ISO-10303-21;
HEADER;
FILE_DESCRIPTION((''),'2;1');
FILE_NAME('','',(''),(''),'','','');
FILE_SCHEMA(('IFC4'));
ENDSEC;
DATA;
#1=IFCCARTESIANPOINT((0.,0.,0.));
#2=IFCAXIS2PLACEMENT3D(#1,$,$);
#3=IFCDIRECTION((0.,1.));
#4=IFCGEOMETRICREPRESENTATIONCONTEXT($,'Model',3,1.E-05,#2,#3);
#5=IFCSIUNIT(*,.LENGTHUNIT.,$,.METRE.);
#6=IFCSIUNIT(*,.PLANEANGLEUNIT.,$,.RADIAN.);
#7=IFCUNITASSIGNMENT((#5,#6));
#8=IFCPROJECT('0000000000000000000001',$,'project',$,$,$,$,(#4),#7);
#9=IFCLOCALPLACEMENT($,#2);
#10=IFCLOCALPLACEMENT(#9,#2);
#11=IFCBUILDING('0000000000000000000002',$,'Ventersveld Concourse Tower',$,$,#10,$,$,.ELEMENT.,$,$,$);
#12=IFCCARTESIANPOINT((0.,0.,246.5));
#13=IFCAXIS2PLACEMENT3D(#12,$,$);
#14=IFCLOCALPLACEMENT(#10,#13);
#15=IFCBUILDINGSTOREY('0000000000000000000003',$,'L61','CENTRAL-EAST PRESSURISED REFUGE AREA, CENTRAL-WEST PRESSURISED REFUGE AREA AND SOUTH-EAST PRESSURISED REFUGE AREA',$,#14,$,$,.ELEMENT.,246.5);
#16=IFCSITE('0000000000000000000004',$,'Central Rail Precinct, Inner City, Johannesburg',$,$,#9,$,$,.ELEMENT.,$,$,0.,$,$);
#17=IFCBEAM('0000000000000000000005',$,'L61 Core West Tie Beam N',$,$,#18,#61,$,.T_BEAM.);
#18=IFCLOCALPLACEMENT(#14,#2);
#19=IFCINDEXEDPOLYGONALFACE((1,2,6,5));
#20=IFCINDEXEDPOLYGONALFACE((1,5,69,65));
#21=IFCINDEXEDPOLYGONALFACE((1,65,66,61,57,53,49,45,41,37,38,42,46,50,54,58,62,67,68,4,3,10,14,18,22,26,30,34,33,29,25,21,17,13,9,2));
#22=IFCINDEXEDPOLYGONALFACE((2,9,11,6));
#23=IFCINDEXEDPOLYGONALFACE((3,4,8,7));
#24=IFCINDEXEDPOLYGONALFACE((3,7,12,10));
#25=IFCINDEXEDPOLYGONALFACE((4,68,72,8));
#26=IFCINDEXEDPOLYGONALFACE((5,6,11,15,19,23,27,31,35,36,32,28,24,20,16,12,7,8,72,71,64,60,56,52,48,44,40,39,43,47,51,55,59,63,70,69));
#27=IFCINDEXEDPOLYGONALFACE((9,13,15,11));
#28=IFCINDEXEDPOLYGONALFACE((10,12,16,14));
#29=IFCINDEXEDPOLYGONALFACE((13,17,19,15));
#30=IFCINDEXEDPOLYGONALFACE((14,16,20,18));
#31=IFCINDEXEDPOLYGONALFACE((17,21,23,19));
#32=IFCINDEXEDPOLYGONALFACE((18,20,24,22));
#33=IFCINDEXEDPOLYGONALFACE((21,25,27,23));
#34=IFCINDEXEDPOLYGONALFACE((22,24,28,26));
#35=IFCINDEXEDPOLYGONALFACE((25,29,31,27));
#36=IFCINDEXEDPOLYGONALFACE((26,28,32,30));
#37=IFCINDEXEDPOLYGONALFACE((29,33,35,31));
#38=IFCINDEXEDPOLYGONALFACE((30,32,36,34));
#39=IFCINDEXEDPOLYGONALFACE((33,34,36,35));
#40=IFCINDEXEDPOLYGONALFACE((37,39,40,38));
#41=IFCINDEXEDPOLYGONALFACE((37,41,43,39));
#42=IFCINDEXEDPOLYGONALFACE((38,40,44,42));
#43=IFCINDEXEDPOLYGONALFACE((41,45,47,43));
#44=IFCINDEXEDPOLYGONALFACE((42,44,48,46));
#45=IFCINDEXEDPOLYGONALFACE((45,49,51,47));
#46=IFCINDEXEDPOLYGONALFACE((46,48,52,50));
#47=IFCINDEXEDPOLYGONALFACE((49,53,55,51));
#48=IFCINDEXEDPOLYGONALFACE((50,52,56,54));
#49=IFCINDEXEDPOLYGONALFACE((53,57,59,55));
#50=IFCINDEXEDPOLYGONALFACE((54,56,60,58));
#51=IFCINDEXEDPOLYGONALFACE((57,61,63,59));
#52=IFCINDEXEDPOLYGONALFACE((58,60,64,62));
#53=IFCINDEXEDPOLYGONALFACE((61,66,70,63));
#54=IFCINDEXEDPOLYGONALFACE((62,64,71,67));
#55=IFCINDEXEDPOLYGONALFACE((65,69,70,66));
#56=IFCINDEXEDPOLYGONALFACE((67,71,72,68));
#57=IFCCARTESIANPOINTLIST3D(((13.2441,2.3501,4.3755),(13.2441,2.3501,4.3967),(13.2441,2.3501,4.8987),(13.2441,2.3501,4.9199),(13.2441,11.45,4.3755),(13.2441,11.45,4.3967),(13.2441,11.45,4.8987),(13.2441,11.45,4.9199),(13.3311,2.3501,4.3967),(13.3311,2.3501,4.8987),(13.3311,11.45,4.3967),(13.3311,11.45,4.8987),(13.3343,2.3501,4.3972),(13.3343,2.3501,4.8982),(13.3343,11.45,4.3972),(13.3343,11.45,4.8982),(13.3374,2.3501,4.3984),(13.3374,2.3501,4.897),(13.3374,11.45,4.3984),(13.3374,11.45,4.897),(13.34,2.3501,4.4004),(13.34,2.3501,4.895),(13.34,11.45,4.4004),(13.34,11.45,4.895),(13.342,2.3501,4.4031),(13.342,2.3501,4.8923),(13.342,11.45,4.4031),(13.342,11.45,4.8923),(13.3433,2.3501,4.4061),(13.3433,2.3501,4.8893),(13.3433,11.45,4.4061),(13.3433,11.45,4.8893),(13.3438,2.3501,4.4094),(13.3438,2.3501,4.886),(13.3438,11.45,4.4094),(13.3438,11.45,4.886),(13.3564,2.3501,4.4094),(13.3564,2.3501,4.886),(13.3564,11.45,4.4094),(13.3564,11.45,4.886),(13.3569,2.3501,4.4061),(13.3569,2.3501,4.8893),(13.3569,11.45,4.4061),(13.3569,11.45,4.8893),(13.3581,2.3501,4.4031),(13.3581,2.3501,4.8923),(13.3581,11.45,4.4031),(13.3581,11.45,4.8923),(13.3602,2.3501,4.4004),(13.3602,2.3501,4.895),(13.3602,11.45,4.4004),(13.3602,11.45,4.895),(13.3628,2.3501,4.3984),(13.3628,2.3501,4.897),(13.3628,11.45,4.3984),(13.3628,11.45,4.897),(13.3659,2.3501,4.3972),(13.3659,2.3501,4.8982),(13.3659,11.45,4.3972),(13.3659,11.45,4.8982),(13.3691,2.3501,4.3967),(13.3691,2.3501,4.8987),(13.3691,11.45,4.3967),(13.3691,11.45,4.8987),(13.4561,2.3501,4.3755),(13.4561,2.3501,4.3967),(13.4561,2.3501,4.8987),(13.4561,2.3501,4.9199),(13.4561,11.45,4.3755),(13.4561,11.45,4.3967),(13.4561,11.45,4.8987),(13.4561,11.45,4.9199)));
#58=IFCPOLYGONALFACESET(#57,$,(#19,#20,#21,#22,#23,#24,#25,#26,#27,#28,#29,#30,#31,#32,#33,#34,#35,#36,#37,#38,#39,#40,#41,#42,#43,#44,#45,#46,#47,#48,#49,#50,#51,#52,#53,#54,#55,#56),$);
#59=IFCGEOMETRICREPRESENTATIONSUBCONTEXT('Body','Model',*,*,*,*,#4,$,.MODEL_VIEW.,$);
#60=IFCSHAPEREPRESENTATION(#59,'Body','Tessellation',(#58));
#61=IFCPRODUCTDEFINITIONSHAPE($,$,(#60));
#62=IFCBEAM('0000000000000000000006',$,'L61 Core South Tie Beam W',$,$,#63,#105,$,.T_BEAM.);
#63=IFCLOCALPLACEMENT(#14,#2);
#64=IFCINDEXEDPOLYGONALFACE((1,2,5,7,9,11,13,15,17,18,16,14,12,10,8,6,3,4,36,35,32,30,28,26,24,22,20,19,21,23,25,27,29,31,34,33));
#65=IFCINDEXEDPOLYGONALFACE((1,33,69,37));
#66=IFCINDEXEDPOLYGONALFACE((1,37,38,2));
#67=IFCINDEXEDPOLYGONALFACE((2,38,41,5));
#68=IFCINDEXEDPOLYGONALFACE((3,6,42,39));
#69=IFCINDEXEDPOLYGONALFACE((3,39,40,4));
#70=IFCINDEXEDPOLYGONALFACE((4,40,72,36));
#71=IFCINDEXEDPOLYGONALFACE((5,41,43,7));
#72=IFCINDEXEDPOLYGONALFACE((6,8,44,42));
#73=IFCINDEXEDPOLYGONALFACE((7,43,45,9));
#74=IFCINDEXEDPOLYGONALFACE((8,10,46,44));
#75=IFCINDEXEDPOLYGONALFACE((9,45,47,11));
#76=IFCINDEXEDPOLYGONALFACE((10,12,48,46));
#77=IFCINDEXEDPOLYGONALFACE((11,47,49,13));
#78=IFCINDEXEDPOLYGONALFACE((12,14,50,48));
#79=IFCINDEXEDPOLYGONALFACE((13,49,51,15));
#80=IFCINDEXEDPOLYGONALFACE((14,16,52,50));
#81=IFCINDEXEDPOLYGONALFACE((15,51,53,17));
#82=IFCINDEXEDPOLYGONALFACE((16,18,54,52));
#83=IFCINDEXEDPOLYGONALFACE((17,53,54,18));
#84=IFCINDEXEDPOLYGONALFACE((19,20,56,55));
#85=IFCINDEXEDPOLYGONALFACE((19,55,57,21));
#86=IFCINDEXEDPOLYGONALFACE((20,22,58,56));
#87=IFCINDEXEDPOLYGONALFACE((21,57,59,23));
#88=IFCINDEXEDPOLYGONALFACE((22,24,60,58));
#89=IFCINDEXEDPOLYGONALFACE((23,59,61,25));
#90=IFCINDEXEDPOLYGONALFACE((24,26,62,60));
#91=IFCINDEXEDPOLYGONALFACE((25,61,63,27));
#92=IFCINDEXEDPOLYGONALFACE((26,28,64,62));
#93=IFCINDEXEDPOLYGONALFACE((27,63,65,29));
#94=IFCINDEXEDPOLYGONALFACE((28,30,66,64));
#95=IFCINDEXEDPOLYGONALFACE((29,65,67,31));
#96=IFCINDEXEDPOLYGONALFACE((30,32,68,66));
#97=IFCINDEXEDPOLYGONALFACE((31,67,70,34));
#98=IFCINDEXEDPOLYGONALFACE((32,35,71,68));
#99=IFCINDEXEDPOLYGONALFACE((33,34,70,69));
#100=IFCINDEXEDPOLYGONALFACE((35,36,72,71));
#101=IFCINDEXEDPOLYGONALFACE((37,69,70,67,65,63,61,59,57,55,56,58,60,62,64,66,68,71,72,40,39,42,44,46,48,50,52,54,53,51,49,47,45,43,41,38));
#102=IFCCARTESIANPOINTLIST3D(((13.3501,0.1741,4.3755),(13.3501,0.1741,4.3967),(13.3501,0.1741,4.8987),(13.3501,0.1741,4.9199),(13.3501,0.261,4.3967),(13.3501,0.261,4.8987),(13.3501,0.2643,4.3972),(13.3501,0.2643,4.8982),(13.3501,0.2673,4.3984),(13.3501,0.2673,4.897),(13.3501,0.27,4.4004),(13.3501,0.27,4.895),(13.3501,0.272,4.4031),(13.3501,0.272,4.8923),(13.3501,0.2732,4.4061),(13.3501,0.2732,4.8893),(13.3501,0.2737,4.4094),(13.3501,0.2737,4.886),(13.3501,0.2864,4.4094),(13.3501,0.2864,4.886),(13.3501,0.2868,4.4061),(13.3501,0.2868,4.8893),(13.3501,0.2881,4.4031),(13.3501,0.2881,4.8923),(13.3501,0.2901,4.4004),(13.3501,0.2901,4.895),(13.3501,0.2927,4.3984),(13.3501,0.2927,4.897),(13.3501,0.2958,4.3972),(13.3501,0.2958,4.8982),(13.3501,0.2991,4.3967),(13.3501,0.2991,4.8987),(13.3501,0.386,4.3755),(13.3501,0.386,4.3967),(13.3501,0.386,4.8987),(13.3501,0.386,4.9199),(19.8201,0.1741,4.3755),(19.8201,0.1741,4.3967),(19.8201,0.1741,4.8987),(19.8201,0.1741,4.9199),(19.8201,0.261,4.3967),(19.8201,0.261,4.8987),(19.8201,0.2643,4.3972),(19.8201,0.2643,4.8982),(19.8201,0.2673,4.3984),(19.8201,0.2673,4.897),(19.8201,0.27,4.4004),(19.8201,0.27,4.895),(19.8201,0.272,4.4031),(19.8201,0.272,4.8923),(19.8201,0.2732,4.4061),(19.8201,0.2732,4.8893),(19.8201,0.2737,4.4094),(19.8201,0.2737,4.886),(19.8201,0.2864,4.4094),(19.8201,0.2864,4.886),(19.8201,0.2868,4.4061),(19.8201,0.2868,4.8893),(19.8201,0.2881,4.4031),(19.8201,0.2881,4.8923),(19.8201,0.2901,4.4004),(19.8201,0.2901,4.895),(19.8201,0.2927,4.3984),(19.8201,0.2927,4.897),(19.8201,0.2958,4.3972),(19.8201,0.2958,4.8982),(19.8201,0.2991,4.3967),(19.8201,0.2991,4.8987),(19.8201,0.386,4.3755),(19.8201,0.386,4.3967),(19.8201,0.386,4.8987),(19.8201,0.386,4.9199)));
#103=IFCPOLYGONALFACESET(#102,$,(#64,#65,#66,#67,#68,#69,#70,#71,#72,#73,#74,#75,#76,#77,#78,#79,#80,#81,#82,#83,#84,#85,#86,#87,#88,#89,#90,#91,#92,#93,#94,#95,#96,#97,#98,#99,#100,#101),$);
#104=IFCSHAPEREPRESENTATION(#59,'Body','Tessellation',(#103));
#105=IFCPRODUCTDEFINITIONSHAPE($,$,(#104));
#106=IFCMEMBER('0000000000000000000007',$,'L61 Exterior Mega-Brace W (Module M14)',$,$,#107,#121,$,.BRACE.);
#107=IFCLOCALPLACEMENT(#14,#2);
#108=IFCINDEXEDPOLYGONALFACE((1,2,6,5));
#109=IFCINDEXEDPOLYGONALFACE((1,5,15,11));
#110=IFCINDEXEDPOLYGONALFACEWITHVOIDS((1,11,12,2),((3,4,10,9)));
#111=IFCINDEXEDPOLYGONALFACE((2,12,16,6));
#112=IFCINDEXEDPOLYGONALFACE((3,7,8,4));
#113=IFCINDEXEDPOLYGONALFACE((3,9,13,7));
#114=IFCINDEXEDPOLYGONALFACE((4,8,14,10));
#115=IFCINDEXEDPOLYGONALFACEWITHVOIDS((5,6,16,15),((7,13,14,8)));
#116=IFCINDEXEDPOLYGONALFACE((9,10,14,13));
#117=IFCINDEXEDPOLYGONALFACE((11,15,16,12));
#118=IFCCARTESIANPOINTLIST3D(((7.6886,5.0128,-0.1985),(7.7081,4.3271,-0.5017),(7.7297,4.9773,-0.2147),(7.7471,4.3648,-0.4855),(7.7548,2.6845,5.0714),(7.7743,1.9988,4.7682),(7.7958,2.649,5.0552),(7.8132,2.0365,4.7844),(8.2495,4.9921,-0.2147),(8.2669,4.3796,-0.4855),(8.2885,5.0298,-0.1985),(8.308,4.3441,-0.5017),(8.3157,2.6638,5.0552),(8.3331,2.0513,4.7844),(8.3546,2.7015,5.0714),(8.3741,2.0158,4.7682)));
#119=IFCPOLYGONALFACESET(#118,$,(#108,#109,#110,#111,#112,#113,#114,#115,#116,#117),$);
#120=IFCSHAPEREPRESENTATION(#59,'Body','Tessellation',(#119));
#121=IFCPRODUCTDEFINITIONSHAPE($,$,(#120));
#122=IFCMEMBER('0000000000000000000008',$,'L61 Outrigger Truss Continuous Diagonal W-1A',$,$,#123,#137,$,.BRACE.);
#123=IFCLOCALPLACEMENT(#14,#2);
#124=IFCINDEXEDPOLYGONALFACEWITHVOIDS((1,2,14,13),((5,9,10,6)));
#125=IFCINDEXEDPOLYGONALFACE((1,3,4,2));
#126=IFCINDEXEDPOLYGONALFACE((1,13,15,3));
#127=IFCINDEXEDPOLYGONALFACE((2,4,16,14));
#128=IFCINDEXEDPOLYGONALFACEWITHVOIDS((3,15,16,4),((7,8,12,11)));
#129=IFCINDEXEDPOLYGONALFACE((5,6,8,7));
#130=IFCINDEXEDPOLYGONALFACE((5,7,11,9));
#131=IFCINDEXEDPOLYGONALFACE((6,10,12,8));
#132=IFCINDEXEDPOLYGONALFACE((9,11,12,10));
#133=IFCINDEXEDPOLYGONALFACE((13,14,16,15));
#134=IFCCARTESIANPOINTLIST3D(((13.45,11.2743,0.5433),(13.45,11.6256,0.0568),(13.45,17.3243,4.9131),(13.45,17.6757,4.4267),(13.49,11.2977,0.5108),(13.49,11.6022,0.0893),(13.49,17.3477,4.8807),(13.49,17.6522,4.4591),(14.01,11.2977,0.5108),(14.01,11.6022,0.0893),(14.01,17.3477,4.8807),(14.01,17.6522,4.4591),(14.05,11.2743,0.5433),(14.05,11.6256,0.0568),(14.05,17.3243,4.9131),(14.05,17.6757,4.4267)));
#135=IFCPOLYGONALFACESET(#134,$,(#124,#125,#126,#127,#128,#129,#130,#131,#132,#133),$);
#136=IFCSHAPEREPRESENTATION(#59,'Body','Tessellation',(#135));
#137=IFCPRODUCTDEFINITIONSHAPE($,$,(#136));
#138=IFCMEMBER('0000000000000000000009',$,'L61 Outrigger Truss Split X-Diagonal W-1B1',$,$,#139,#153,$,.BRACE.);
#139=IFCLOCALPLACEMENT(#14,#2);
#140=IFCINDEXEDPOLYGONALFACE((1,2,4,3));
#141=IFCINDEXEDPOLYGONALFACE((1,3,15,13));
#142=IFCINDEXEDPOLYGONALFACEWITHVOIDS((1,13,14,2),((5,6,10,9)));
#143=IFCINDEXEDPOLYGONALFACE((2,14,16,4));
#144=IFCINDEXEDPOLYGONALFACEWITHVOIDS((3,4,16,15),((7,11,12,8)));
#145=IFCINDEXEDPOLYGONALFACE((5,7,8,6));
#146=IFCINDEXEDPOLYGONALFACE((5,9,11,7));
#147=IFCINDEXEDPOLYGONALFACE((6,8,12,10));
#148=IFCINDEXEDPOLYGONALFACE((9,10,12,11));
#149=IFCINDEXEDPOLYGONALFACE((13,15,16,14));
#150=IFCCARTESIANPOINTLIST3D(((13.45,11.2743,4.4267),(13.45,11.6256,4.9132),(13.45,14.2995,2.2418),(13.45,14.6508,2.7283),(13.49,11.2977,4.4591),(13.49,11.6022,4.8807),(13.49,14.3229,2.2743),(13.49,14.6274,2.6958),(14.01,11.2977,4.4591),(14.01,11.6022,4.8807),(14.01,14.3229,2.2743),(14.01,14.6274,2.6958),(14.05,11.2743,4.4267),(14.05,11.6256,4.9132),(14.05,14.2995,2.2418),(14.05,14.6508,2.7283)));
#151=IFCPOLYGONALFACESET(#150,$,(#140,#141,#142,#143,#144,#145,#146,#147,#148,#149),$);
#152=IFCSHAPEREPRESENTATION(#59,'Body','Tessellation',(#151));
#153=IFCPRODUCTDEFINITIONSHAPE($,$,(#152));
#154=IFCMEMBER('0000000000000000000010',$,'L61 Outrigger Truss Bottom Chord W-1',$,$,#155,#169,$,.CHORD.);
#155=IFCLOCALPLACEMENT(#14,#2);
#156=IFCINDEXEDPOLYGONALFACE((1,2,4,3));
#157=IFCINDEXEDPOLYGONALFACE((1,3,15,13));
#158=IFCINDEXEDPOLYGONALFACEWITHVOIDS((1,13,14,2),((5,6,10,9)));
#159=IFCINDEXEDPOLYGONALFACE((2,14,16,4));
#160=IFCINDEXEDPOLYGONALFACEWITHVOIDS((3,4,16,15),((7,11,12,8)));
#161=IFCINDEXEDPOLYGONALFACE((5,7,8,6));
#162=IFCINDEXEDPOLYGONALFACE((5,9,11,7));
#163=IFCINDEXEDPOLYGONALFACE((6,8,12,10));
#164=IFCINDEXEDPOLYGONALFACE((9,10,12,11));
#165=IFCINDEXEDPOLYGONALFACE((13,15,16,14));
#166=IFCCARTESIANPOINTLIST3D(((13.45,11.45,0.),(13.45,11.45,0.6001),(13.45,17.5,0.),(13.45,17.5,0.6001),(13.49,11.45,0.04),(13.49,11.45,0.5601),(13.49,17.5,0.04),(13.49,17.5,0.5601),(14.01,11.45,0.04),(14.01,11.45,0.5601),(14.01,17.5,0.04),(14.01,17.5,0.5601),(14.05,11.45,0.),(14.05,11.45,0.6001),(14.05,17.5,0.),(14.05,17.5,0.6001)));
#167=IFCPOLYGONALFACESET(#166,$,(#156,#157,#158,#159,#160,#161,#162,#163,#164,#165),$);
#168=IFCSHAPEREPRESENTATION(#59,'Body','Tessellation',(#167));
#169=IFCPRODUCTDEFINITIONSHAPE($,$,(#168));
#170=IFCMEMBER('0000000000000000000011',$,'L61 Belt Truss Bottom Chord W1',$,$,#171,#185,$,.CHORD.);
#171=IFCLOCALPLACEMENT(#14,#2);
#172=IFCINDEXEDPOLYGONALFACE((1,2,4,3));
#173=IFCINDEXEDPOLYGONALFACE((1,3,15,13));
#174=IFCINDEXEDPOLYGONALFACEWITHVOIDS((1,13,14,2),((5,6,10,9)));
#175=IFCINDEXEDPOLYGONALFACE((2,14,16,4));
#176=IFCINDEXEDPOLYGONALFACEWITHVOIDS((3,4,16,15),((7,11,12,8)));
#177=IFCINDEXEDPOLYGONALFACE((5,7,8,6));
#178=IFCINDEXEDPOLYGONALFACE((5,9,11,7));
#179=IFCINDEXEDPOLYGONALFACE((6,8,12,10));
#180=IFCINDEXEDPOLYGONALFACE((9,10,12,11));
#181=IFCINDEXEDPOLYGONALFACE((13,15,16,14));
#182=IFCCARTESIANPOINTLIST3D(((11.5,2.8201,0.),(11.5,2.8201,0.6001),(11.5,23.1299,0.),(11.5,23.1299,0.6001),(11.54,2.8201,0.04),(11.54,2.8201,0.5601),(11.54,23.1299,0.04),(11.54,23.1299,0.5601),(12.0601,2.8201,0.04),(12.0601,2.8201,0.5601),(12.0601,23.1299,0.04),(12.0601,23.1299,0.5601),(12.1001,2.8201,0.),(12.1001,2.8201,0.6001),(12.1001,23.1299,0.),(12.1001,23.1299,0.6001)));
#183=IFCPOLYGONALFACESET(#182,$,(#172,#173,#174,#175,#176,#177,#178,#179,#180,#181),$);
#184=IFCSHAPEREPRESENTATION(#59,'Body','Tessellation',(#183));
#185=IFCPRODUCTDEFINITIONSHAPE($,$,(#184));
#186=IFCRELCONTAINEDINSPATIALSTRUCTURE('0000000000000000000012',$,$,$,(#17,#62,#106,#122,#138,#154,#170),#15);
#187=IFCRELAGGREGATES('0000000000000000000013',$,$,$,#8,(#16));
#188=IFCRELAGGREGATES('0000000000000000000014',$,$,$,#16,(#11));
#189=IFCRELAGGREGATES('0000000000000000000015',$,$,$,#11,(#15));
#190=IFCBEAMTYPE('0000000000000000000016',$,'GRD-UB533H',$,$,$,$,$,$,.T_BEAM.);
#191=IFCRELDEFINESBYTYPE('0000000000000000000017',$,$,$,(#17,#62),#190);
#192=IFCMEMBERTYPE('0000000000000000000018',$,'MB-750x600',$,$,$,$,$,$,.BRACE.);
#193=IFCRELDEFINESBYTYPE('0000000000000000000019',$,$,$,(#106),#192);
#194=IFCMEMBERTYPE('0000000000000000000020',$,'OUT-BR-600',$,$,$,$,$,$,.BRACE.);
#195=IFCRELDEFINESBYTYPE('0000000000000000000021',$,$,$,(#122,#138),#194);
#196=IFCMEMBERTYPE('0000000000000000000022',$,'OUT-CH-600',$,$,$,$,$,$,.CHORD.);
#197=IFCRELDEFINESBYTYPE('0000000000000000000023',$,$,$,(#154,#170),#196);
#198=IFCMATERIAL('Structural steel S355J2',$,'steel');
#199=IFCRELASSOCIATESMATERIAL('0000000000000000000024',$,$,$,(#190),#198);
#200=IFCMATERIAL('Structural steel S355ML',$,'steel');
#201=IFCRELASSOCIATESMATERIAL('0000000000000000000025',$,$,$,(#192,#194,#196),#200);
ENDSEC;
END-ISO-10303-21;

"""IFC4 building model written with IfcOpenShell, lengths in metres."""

from ifc_helpers import new_model, si_unit, direction, frame, origin, origin_2d, place, context, subcontext, project, spatial, hollow_rectangle, i_section, extrude, material, material_profile, profile_set, type_object, element, save


model = new_model("IFC4")

# Units and contexts
model_context = context("Model", 3, precision=1e-05, world=origin(), true_north=direction((0.0, 1.0)))
body_context = subcontext(model_context, "Body", "Model", "MODEL_VIEW")
ifc_project = project(units=[si_unit("LENGTHUNIT", "METRE"), si_unit("PLANEANGLEUNIT", "RADIAN")], contexts=[model_context])

# Site, building, storey
site_placement = place(None, origin())
site = spatial("IfcSite", under=ifc_project, at=site_placement, Name="Central Rail Precinct, Inner City, Johannesburg", CompositionType="ELEMENT", RefElevation=0.0)
building_placement = place(site_placement, origin())
building = spatial("IfcBuilding", under=site, at=building_placement, Name="Ventersveld Concourse Tower", CompositionType="ELEMENT")
storey_placement = place(building_placement, frame((0.0, 0.0, 246.5)))
storey = spatial("IfcBuildingStorey", under=building, at=storey_placement, Name="L61", Description="CENTRAL-EAST PRESSURISED REFUGE AREA, CENTRAL-WEST PRESSURISED REFUGE AREA AND SOUTH-EAST PRESSURISED REFUGE AREA", CompositionType="ELEMENT", Elevation=246.5)

# Shared definitions
ifc_material_1 = material(Name="Structural steel S355ML", Category="steel")

# Beams
ifc_material_2 = material(Name="Structural steel S355J2", Category="steel")
ifc_material_profile_1 = material_profile(ifc_material_2, i_section(OverallWidth=0.2119, OverallDepth=0.5444, WebThickness=0.0127, FlangeThickness=0.0212, FilletRadius=0.0127, at=origin_2d()), Name="UB 533x210x122")
ifc_profile_set_1 = profile_set([ifc_material_profile_1], Name="Structural steel S355J2")
beam_type_1 = type_object("IfcBeamType", Name="GRD-UB533H", PredefinedType="T_BEAM", material=ifc_profile_set_1)
beam_1_placement = place(storey_placement, frame((13.3501, 2.3501, 4.6477), z_axis=(0.0, 1.0, 0.0), x_axis=(-1.0, 0.0, 0.0)))
element("IfcBeam", 1, at=beam_1_placement, inside=storey, type_object=beam_type_1, Name="L61 Core West Tie Beam N", PredefinedType="T_BEAM", context=body_context, shape_type="SweptSolid", body=[
    extrude(i_section(OverallWidth=0.2119, OverallDepth=0.5444, WebThickness=0.0127, FlangeThickness=0.0212, FilletRadius=0.0127, at=origin_2d()), origin(), (0.0, 0.0, 1.0), 9.0999),
])
beam_2_placement = place(storey_placement, frame((13.3501, 0.28, 4.6477), z_axis=(1.0, 0.0, 0.0), x_axis=(0.0, 1.0, 0.0)))
element("IfcBeam", 2, at=beam_2_placement, inside=storey, type_object=beam_type_1, Name="L61 Core South Tie Beam W", PredefinedType="T_BEAM", context=body_context, shape_type="SweptSolid", body=[
    extrude(i_section(OverallWidth=0.2119, OverallDepth=0.5444, WebThickness=0.0127, FlangeThickness=0.0212, FilletRadius=0.0127, at=origin_2d()), origin(), (0.0, 0.0, 1.0), 6.47),
])

# Members
ifc_material_profile_2 = material_profile(ifc_material_1, hollow_rectangle(XDim=0.6001, YDim=0.75, WallThickness=0.04, at=origin_2d()), Name="BOX 750x600x40")
ifc_profile_set_2 = profile_set([ifc_material_profile_2], Name="Structural steel S355ML")
member_type_1 = type_object("IfcMemberType", Name="MB-750x600", PredefinedType="BRACE", material=ifc_profile_set_2)
member_1_placement = place(storey_placement, frame((7.9983, 4.6785, -0.3501), z_axis=(0.011483, -0.404102, 0.914642), x_axis=(0.999597, 0.028404, 0.0)))
element("IfcMember", 3, at=member_1_placement, inside=storey, type_object=member_type_1, Name="L61 Exterior Mega-Brace W (Module M14)", PredefinedType="BRACE", context=body_context, shape_type="SweptSolid", body=[
    extrude(hollow_rectangle(XDim=0.6001, YDim=0.75, WallThickness=0.04, at=origin_2d()), origin(), (0.0, 0.0, 1.0), 5.7617),
])
ifc_material_profile_3 = material_profile(ifc_material_1, hollow_rectangle(XDim=0.6001, YDim=0.6001, WallThickness=0.04, at=origin_2d()), Name="BOX 600x600x40")
ifc_profile_set_3 = profile_set([ifc_material_profile_3], Name="Structural steel S355ML")
member_type_2 = type_object("IfcMemberType", Name="OUT-BR-600", PredefinedType="BRACE", material=ifc_profile_set_3)
member_2_placement = place(storey_placement, frame((13.75, 11.45, 0.3), z_axis=(0.0, 0.810654, 0.585525), x_axis=(-1.0, 0.0, 0.0)))
element("IfcMember", 4, at=member_2_placement, inside=storey, type_object=member_type_2, Name="L61 Outrigger Truss Continuous Diagonal W-1A", PredefinedType="BRACE", context=body_context, shape_type="SweptSolid", body=[
    extrude(hollow_rectangle(XDim=0.6001, YDim=0.6001, WallThickness=0.04, at=origin_2d()), origin(), (0.0, 0.0, 1.0), 7.4631),
])
member_3_placement = place(storey_placement, frame((13.75, 11.45, 4.6699), z_axis=(0.0, 0.810681, -0.585488), x_axis=(-1.0, 0.0, 0.0)))
element("IfcMember", 5, at=member_3_placement, inside=storey, type_object=member_type_2, Name="L61 Outrigger Truss Split X-Diagonal W-1B1", PredefinedType="BRACE", context=body_context, shape_type="SweptSolid", body=[
    extrude(hollow_rectangle(XDim=0.6001, YDim=0.6001, WallThickness=0.04, at=origin_2d()), origin(), (0.0, 0.0, 1.0), 3.7317),
])
ifc_material_profile_4 = material_profile(ifc_material_1, hollow_rectangle(XDim=0.6001, YDim=0.6001, WallThickness=0.04, at=origin_2d()), Name="BOX 600x600x40")
ifc_profile_set_4 = profile_set([ifc_material_profile_4], Name="Structural steel S355ML")
member_type_3 = type_object("IfcMemberType", Name="OUT-CH-600", PredefinedType="CHORD", material=ifc_profile_set_4)
member_4_placement = place(storey_placement, frame((13.75, 11.45, 0.3), z_axis=(0.0, 1.0, 0.0), x_axis=(-1.0, 0.0, 0.0)))
element("IfcMember", 6, at=member_4_placement, inside=storey, type_object=member_type_3, Name="L61 Outrigger Truss Bottom Chord W-1", PredefinedType="CHORD", context=body_context, shape_type="SweptSolid", body=[
    extrude(hollow_rectangle(XDim=0.6001, YDim=0.6001, WallThickness=0.04, at=origin_2d()), origin(), (0.0, 0.0, 1.0), 6.05),
])
member_5_placement = place(storey_placement, frame((11.8, 2.8201, 0.3), z_axis=(0.0, 1.0, 0.0), x_axis=(-1.0, 0.0, 0.0)))
element("IfcMember", 7, at=member_5_placement, inside=storey, type_object=member_type_3, Name="L61 Belt Truss Bottom Chord W1", PredefinedType="CHORD", context=body_context, shape_type="SweptSolid", body=[
    extrude(hollow_rectangle(XDim=0.6001, YDim=0.6001, WallThickness=0.04, at=origin_2d()), origin(), (0.0, 0.0, 1.0), 20.3098),
])

save(model, "model.ifc")
